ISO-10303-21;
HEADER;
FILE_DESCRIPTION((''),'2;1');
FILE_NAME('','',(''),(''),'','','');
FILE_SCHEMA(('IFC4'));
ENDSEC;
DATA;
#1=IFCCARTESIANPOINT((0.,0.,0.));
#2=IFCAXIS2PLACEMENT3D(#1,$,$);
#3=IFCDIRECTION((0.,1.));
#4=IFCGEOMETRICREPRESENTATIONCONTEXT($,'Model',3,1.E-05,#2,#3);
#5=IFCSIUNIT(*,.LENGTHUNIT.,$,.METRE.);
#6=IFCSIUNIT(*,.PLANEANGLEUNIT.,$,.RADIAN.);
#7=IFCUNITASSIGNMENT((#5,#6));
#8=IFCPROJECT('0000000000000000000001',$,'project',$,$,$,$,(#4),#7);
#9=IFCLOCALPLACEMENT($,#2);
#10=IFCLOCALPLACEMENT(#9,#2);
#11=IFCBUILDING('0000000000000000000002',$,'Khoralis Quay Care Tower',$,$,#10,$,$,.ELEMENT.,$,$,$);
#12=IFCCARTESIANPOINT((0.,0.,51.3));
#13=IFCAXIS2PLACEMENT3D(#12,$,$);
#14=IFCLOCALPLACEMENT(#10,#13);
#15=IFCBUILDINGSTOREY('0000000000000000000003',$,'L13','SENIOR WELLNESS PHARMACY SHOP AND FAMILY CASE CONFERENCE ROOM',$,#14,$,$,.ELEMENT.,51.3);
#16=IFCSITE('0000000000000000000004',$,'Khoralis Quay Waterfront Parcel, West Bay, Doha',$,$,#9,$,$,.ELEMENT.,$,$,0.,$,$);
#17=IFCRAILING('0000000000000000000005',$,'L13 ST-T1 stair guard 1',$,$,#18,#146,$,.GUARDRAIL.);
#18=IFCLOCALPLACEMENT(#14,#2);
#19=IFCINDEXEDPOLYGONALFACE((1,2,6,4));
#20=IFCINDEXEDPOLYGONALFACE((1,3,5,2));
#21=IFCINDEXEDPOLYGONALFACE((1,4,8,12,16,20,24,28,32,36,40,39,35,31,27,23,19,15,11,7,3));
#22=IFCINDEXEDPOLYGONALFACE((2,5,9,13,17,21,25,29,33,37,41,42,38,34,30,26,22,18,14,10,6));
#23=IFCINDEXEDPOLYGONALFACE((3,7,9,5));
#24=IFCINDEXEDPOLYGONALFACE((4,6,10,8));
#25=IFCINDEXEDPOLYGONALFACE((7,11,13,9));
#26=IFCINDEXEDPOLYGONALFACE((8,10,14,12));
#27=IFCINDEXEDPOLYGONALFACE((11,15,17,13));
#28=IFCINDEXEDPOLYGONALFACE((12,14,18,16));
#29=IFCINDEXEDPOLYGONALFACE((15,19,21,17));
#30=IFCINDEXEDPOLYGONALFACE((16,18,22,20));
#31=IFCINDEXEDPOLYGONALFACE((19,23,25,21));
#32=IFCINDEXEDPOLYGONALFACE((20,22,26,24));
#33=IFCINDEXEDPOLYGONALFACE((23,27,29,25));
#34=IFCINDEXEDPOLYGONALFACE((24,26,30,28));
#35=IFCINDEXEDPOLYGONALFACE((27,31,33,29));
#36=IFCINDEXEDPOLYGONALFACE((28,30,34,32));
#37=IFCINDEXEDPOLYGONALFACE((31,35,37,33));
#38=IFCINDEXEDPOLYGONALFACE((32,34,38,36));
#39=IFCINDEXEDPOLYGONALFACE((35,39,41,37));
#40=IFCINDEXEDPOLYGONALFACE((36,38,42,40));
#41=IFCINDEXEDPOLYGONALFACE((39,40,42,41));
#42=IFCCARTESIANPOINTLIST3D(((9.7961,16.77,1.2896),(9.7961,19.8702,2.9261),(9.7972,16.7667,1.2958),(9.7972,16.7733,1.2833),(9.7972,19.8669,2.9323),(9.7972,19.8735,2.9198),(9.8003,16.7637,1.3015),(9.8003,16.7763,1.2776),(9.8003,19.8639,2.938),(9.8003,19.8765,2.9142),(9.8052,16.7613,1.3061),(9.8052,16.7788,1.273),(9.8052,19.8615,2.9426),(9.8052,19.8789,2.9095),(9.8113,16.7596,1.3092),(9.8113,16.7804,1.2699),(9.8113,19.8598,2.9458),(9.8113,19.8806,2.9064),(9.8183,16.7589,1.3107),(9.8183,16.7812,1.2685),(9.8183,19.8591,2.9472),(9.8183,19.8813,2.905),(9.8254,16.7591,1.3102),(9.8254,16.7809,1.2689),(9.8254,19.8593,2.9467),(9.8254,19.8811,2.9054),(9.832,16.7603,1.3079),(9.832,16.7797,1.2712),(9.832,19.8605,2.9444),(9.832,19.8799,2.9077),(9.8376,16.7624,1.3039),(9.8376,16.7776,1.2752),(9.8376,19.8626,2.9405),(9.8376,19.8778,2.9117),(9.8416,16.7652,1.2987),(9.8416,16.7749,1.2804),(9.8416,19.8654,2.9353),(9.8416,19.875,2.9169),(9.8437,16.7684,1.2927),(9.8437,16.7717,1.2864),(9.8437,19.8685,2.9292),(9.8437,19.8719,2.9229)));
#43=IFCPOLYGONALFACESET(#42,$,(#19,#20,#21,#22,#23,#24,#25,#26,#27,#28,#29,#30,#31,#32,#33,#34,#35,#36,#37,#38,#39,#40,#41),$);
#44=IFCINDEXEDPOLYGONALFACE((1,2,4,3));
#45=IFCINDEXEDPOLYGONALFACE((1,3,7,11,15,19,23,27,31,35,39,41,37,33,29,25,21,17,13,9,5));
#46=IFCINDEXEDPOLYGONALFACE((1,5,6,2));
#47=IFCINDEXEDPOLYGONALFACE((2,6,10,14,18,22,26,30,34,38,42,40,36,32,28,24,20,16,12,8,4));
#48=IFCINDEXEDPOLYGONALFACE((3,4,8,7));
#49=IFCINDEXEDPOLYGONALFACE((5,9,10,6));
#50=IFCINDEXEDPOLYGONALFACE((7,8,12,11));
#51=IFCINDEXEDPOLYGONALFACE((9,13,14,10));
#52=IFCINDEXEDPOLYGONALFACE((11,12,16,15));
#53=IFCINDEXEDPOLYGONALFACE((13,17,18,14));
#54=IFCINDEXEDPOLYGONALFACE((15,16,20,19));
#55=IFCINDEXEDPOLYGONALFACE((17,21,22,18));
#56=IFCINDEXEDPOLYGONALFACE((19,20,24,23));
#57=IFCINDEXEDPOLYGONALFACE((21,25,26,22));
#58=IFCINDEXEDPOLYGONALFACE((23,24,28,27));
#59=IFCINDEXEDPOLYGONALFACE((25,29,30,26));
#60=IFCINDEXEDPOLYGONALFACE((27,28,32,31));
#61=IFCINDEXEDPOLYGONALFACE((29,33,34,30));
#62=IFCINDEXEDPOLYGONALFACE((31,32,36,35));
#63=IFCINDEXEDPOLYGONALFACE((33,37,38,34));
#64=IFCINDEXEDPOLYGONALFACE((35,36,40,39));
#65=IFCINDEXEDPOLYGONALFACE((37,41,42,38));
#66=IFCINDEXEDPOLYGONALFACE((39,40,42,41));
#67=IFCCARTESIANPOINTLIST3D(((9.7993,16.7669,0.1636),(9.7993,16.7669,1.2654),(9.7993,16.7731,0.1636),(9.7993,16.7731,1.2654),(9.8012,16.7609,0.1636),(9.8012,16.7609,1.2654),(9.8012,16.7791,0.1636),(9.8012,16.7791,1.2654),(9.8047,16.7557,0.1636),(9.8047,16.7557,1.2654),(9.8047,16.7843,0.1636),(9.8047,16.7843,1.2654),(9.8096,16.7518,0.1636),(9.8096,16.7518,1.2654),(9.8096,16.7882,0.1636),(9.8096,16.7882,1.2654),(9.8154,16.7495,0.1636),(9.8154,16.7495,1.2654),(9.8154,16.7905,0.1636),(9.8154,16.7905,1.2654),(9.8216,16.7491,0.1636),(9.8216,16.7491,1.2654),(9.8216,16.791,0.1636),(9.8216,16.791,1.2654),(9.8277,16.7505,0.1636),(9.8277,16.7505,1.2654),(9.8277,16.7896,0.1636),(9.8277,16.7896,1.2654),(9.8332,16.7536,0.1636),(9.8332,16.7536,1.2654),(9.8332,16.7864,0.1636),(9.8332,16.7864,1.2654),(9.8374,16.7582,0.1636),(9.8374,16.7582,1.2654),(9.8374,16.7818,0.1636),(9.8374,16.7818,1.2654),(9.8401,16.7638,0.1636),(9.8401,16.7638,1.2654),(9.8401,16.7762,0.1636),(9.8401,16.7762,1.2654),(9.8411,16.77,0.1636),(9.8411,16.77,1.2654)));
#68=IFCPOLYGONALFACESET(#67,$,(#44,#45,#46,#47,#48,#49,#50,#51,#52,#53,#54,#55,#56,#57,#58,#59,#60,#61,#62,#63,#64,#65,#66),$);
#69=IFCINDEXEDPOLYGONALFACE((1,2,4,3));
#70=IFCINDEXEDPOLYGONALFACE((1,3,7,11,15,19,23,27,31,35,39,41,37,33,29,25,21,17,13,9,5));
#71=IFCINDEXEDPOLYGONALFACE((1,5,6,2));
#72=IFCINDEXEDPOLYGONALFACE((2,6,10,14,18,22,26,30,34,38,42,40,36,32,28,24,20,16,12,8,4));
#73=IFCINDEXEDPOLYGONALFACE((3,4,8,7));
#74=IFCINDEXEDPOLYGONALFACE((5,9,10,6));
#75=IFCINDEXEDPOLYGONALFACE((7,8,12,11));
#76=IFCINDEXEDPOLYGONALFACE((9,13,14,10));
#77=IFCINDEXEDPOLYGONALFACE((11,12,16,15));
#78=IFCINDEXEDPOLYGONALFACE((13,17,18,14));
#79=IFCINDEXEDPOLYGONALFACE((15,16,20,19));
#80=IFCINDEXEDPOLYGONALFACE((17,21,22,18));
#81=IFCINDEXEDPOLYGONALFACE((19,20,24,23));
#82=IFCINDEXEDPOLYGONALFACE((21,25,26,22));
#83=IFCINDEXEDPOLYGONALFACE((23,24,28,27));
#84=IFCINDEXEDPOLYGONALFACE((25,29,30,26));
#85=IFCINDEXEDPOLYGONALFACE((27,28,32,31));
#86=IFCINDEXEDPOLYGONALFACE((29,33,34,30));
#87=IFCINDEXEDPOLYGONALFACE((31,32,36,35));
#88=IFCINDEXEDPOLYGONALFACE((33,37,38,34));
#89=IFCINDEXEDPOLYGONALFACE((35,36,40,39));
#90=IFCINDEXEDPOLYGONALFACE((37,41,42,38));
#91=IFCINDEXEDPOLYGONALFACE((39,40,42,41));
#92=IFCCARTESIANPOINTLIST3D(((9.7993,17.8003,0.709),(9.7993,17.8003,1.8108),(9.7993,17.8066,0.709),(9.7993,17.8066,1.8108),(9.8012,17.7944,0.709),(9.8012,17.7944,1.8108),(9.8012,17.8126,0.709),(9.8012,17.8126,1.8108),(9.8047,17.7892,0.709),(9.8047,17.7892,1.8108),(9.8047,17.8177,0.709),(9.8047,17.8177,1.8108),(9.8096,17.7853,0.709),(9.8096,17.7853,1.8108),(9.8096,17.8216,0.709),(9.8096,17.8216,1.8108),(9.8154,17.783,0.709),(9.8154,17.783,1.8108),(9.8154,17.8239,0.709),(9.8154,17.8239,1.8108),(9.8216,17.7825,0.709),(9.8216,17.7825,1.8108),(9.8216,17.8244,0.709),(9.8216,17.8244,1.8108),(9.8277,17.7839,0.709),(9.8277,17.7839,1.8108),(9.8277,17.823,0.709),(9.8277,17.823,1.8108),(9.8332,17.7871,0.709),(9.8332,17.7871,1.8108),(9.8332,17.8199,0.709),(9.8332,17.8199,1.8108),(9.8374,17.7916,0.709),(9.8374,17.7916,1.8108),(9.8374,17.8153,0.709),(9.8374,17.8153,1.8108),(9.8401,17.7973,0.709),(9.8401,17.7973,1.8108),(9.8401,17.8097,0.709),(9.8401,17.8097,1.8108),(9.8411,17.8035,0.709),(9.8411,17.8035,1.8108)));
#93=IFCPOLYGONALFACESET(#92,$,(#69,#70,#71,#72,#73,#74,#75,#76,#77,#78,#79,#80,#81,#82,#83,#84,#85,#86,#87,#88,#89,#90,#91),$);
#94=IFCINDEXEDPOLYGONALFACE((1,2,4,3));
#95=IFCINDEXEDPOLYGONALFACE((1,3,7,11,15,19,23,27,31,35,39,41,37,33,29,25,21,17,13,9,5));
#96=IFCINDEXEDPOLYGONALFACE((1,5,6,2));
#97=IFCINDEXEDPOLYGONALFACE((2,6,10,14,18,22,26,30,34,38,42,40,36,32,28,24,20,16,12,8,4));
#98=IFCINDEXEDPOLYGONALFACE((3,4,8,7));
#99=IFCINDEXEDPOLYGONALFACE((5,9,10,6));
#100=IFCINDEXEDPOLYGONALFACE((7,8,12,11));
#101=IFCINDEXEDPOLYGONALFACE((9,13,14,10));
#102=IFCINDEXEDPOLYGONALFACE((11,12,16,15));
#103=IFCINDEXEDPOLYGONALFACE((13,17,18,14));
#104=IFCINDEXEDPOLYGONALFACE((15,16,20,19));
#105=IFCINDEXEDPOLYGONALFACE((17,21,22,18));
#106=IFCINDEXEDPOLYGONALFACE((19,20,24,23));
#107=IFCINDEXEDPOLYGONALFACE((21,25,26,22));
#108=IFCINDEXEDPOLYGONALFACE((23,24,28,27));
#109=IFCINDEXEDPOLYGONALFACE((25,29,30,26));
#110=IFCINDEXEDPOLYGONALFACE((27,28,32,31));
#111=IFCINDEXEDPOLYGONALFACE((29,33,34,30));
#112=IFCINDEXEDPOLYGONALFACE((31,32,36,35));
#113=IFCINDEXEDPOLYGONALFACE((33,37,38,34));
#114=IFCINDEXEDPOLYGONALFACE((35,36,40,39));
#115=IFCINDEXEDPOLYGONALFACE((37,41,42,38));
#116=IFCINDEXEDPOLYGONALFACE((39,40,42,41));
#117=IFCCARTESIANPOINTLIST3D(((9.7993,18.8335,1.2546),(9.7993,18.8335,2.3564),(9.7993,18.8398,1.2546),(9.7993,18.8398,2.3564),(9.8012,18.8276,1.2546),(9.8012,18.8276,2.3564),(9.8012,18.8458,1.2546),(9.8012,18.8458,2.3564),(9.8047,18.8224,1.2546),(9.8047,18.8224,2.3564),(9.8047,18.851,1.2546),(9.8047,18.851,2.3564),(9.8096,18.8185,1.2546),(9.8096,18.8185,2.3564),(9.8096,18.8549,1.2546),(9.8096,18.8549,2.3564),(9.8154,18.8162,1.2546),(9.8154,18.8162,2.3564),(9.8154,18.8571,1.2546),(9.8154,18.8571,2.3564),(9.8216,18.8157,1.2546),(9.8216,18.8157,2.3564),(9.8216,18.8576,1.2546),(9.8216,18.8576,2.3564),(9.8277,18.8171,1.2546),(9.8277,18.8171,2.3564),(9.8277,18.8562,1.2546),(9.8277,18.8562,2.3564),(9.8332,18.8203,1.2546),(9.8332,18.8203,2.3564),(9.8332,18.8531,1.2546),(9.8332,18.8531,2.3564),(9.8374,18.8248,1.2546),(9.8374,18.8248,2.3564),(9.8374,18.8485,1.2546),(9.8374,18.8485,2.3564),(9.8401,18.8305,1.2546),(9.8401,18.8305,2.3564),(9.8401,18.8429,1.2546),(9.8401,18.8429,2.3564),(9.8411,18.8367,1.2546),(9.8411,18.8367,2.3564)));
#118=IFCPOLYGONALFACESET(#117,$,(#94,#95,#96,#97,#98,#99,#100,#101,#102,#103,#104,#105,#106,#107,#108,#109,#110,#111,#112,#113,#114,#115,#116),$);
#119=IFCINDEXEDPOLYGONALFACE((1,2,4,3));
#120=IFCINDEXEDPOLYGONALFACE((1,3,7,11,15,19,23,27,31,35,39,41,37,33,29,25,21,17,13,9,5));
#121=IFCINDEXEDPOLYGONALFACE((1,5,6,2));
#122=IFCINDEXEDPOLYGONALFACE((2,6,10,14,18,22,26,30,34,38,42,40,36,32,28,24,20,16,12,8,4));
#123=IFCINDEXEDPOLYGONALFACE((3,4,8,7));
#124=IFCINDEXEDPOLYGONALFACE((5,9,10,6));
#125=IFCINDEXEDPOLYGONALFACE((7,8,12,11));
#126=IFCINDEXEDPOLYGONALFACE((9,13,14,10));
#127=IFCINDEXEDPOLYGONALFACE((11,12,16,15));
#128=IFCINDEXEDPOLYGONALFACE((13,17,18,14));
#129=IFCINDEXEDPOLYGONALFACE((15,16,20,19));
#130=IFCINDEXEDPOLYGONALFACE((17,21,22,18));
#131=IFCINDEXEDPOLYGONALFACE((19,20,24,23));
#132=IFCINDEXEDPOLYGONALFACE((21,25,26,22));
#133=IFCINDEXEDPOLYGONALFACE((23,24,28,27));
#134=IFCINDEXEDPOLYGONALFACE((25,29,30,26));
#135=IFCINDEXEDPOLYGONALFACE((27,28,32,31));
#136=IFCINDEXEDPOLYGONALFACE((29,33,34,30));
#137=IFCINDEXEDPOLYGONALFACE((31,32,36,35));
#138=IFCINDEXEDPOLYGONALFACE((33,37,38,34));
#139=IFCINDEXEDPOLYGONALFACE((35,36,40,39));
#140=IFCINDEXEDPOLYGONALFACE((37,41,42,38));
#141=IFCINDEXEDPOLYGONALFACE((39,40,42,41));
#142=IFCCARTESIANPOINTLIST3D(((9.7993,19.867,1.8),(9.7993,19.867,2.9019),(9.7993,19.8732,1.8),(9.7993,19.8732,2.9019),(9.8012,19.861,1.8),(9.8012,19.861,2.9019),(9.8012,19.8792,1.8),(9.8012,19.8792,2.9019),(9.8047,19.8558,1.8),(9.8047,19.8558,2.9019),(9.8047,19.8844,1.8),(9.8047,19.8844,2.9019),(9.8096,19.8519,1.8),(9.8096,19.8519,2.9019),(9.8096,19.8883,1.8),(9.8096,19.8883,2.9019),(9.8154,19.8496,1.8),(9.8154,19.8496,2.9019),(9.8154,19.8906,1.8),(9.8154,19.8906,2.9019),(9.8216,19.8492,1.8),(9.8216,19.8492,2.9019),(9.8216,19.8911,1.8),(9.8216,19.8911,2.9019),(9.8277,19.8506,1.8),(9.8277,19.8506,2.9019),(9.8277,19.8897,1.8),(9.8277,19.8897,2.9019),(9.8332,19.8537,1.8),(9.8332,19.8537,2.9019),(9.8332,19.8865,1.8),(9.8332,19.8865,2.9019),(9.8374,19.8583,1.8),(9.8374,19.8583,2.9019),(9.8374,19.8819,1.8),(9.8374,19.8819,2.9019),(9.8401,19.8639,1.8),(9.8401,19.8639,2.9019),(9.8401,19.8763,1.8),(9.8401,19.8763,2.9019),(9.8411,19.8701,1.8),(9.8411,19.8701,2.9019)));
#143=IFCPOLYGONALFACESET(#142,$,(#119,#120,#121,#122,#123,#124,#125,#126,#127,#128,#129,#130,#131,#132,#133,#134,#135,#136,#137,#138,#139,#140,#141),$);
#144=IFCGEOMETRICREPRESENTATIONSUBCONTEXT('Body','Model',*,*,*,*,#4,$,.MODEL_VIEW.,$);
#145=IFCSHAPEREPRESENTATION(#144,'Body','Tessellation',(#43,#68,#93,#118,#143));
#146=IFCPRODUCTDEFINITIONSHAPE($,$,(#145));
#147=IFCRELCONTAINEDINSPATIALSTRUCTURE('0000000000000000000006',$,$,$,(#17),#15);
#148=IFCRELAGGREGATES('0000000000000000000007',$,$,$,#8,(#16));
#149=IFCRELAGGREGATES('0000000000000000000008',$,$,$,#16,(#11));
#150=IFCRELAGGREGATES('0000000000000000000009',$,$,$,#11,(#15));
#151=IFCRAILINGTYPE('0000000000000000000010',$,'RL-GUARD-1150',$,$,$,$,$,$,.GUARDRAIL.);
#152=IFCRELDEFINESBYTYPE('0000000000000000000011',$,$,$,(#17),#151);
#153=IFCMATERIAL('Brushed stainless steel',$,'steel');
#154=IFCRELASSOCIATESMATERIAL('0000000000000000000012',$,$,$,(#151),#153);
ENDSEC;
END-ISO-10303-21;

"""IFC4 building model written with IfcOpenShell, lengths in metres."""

from ifc_helpers import new_model, si_unit, direction, frame, origin, origin_2d, place, context, subcontext, project, spatial, circle, extrude, material, type_object, element, save


model = new_model("IFC4")

# Units and contexts
model_context = context("Model", 3, precision=1e-05, world=origin(), true_north=direction((0.0, 1.0)))
body_context = subcontext(model_context, "Body", "Model", "MODEL_VIEW")
ifc_project = project(units=[si_unit("LENGTHUNIT", "METRE"), si_unit("PLANEANGLEUNIT", "RADIAN")], contexts=[model_context])

# Site, building, storey
site_placement = place(None, origin())
site = spatial("IfcSite", under=ifc_project, at=site_placement, Name="Khoralis Quay Waterfront Parcel, West Bay, Doha", CompositionType="ELEMENT", RefElevation=0.0)
building_placement = place(site_placement, origin())
building = spatial("IfcBuilding", under=site, at=building_placement, Name="Khoralis Quay Care Tower", CompositionType="ELEMENT")
storey_placement = place(building_placement, frame((0.0, 0.0, 51.3)))
storey = spatial("IfcBuildingStorey", under=building, at=storey_placement, Name="L13", Description="SENIOR WELLNESS PHARMACY SHOP AND FAMILY CASE CONFERENCE ROOM", CompositionType="ELEMENT", Elevation=51.3)

# Shared definitions
ifc_material_1 = material(Name="Brushed stainless steel", Category="steel")

# Railing
railing_type_1 = type_object("IfcRailingType", Name="RL-GUARD-1150", PredefinedType="GUARDRAIL", material=ifc_material_1)
railing_1_placement = place(storey_placement, frame((9.8201, 16.77, 0.1636)))
element("IfcRailing", 1, at=railing_1_placement, inside=storey, type_object=railing_type_1, Name="L13 ST-T1 stair guard 1", PredefinedType="GUARDRAIL", context=body_context, shape_type="SweptSolid", body=[
    extrude(circle(Radius=0.0239, at=origin_2d()), frame((0.0, 0.0, 1.126), z_axis=(0.0, 0.884348, 0.466828), x_axis=(-1.0, 0.0, 0.0)), (0.0, 0.0, 1.0), 3.5056),
    extrude(circle(Radius=0.021, at=origin_2d()), origin(), (0.0, 0.0, 1.0), 1.1018),
    extrude(circle(Radius=0.021, at=origin_2d()), frame((0.0, 1.0334, 0.5454)), (0.0, 0.0, 1.0), 1.1018),
    extrude(circle(Radius=0.021, at=origin_2d()), frame((0.0, 2.0667, 1.0911)), (0.0, 0.0, 1.0), 1.1018),
    extrude(circle(Radius=0.021, at=origin_2d()), frame((0.0, 3.1001, 1.6365)), (0.0, 0.0, 1.0), 1.1018),
])

save(model, "model.ifc")
